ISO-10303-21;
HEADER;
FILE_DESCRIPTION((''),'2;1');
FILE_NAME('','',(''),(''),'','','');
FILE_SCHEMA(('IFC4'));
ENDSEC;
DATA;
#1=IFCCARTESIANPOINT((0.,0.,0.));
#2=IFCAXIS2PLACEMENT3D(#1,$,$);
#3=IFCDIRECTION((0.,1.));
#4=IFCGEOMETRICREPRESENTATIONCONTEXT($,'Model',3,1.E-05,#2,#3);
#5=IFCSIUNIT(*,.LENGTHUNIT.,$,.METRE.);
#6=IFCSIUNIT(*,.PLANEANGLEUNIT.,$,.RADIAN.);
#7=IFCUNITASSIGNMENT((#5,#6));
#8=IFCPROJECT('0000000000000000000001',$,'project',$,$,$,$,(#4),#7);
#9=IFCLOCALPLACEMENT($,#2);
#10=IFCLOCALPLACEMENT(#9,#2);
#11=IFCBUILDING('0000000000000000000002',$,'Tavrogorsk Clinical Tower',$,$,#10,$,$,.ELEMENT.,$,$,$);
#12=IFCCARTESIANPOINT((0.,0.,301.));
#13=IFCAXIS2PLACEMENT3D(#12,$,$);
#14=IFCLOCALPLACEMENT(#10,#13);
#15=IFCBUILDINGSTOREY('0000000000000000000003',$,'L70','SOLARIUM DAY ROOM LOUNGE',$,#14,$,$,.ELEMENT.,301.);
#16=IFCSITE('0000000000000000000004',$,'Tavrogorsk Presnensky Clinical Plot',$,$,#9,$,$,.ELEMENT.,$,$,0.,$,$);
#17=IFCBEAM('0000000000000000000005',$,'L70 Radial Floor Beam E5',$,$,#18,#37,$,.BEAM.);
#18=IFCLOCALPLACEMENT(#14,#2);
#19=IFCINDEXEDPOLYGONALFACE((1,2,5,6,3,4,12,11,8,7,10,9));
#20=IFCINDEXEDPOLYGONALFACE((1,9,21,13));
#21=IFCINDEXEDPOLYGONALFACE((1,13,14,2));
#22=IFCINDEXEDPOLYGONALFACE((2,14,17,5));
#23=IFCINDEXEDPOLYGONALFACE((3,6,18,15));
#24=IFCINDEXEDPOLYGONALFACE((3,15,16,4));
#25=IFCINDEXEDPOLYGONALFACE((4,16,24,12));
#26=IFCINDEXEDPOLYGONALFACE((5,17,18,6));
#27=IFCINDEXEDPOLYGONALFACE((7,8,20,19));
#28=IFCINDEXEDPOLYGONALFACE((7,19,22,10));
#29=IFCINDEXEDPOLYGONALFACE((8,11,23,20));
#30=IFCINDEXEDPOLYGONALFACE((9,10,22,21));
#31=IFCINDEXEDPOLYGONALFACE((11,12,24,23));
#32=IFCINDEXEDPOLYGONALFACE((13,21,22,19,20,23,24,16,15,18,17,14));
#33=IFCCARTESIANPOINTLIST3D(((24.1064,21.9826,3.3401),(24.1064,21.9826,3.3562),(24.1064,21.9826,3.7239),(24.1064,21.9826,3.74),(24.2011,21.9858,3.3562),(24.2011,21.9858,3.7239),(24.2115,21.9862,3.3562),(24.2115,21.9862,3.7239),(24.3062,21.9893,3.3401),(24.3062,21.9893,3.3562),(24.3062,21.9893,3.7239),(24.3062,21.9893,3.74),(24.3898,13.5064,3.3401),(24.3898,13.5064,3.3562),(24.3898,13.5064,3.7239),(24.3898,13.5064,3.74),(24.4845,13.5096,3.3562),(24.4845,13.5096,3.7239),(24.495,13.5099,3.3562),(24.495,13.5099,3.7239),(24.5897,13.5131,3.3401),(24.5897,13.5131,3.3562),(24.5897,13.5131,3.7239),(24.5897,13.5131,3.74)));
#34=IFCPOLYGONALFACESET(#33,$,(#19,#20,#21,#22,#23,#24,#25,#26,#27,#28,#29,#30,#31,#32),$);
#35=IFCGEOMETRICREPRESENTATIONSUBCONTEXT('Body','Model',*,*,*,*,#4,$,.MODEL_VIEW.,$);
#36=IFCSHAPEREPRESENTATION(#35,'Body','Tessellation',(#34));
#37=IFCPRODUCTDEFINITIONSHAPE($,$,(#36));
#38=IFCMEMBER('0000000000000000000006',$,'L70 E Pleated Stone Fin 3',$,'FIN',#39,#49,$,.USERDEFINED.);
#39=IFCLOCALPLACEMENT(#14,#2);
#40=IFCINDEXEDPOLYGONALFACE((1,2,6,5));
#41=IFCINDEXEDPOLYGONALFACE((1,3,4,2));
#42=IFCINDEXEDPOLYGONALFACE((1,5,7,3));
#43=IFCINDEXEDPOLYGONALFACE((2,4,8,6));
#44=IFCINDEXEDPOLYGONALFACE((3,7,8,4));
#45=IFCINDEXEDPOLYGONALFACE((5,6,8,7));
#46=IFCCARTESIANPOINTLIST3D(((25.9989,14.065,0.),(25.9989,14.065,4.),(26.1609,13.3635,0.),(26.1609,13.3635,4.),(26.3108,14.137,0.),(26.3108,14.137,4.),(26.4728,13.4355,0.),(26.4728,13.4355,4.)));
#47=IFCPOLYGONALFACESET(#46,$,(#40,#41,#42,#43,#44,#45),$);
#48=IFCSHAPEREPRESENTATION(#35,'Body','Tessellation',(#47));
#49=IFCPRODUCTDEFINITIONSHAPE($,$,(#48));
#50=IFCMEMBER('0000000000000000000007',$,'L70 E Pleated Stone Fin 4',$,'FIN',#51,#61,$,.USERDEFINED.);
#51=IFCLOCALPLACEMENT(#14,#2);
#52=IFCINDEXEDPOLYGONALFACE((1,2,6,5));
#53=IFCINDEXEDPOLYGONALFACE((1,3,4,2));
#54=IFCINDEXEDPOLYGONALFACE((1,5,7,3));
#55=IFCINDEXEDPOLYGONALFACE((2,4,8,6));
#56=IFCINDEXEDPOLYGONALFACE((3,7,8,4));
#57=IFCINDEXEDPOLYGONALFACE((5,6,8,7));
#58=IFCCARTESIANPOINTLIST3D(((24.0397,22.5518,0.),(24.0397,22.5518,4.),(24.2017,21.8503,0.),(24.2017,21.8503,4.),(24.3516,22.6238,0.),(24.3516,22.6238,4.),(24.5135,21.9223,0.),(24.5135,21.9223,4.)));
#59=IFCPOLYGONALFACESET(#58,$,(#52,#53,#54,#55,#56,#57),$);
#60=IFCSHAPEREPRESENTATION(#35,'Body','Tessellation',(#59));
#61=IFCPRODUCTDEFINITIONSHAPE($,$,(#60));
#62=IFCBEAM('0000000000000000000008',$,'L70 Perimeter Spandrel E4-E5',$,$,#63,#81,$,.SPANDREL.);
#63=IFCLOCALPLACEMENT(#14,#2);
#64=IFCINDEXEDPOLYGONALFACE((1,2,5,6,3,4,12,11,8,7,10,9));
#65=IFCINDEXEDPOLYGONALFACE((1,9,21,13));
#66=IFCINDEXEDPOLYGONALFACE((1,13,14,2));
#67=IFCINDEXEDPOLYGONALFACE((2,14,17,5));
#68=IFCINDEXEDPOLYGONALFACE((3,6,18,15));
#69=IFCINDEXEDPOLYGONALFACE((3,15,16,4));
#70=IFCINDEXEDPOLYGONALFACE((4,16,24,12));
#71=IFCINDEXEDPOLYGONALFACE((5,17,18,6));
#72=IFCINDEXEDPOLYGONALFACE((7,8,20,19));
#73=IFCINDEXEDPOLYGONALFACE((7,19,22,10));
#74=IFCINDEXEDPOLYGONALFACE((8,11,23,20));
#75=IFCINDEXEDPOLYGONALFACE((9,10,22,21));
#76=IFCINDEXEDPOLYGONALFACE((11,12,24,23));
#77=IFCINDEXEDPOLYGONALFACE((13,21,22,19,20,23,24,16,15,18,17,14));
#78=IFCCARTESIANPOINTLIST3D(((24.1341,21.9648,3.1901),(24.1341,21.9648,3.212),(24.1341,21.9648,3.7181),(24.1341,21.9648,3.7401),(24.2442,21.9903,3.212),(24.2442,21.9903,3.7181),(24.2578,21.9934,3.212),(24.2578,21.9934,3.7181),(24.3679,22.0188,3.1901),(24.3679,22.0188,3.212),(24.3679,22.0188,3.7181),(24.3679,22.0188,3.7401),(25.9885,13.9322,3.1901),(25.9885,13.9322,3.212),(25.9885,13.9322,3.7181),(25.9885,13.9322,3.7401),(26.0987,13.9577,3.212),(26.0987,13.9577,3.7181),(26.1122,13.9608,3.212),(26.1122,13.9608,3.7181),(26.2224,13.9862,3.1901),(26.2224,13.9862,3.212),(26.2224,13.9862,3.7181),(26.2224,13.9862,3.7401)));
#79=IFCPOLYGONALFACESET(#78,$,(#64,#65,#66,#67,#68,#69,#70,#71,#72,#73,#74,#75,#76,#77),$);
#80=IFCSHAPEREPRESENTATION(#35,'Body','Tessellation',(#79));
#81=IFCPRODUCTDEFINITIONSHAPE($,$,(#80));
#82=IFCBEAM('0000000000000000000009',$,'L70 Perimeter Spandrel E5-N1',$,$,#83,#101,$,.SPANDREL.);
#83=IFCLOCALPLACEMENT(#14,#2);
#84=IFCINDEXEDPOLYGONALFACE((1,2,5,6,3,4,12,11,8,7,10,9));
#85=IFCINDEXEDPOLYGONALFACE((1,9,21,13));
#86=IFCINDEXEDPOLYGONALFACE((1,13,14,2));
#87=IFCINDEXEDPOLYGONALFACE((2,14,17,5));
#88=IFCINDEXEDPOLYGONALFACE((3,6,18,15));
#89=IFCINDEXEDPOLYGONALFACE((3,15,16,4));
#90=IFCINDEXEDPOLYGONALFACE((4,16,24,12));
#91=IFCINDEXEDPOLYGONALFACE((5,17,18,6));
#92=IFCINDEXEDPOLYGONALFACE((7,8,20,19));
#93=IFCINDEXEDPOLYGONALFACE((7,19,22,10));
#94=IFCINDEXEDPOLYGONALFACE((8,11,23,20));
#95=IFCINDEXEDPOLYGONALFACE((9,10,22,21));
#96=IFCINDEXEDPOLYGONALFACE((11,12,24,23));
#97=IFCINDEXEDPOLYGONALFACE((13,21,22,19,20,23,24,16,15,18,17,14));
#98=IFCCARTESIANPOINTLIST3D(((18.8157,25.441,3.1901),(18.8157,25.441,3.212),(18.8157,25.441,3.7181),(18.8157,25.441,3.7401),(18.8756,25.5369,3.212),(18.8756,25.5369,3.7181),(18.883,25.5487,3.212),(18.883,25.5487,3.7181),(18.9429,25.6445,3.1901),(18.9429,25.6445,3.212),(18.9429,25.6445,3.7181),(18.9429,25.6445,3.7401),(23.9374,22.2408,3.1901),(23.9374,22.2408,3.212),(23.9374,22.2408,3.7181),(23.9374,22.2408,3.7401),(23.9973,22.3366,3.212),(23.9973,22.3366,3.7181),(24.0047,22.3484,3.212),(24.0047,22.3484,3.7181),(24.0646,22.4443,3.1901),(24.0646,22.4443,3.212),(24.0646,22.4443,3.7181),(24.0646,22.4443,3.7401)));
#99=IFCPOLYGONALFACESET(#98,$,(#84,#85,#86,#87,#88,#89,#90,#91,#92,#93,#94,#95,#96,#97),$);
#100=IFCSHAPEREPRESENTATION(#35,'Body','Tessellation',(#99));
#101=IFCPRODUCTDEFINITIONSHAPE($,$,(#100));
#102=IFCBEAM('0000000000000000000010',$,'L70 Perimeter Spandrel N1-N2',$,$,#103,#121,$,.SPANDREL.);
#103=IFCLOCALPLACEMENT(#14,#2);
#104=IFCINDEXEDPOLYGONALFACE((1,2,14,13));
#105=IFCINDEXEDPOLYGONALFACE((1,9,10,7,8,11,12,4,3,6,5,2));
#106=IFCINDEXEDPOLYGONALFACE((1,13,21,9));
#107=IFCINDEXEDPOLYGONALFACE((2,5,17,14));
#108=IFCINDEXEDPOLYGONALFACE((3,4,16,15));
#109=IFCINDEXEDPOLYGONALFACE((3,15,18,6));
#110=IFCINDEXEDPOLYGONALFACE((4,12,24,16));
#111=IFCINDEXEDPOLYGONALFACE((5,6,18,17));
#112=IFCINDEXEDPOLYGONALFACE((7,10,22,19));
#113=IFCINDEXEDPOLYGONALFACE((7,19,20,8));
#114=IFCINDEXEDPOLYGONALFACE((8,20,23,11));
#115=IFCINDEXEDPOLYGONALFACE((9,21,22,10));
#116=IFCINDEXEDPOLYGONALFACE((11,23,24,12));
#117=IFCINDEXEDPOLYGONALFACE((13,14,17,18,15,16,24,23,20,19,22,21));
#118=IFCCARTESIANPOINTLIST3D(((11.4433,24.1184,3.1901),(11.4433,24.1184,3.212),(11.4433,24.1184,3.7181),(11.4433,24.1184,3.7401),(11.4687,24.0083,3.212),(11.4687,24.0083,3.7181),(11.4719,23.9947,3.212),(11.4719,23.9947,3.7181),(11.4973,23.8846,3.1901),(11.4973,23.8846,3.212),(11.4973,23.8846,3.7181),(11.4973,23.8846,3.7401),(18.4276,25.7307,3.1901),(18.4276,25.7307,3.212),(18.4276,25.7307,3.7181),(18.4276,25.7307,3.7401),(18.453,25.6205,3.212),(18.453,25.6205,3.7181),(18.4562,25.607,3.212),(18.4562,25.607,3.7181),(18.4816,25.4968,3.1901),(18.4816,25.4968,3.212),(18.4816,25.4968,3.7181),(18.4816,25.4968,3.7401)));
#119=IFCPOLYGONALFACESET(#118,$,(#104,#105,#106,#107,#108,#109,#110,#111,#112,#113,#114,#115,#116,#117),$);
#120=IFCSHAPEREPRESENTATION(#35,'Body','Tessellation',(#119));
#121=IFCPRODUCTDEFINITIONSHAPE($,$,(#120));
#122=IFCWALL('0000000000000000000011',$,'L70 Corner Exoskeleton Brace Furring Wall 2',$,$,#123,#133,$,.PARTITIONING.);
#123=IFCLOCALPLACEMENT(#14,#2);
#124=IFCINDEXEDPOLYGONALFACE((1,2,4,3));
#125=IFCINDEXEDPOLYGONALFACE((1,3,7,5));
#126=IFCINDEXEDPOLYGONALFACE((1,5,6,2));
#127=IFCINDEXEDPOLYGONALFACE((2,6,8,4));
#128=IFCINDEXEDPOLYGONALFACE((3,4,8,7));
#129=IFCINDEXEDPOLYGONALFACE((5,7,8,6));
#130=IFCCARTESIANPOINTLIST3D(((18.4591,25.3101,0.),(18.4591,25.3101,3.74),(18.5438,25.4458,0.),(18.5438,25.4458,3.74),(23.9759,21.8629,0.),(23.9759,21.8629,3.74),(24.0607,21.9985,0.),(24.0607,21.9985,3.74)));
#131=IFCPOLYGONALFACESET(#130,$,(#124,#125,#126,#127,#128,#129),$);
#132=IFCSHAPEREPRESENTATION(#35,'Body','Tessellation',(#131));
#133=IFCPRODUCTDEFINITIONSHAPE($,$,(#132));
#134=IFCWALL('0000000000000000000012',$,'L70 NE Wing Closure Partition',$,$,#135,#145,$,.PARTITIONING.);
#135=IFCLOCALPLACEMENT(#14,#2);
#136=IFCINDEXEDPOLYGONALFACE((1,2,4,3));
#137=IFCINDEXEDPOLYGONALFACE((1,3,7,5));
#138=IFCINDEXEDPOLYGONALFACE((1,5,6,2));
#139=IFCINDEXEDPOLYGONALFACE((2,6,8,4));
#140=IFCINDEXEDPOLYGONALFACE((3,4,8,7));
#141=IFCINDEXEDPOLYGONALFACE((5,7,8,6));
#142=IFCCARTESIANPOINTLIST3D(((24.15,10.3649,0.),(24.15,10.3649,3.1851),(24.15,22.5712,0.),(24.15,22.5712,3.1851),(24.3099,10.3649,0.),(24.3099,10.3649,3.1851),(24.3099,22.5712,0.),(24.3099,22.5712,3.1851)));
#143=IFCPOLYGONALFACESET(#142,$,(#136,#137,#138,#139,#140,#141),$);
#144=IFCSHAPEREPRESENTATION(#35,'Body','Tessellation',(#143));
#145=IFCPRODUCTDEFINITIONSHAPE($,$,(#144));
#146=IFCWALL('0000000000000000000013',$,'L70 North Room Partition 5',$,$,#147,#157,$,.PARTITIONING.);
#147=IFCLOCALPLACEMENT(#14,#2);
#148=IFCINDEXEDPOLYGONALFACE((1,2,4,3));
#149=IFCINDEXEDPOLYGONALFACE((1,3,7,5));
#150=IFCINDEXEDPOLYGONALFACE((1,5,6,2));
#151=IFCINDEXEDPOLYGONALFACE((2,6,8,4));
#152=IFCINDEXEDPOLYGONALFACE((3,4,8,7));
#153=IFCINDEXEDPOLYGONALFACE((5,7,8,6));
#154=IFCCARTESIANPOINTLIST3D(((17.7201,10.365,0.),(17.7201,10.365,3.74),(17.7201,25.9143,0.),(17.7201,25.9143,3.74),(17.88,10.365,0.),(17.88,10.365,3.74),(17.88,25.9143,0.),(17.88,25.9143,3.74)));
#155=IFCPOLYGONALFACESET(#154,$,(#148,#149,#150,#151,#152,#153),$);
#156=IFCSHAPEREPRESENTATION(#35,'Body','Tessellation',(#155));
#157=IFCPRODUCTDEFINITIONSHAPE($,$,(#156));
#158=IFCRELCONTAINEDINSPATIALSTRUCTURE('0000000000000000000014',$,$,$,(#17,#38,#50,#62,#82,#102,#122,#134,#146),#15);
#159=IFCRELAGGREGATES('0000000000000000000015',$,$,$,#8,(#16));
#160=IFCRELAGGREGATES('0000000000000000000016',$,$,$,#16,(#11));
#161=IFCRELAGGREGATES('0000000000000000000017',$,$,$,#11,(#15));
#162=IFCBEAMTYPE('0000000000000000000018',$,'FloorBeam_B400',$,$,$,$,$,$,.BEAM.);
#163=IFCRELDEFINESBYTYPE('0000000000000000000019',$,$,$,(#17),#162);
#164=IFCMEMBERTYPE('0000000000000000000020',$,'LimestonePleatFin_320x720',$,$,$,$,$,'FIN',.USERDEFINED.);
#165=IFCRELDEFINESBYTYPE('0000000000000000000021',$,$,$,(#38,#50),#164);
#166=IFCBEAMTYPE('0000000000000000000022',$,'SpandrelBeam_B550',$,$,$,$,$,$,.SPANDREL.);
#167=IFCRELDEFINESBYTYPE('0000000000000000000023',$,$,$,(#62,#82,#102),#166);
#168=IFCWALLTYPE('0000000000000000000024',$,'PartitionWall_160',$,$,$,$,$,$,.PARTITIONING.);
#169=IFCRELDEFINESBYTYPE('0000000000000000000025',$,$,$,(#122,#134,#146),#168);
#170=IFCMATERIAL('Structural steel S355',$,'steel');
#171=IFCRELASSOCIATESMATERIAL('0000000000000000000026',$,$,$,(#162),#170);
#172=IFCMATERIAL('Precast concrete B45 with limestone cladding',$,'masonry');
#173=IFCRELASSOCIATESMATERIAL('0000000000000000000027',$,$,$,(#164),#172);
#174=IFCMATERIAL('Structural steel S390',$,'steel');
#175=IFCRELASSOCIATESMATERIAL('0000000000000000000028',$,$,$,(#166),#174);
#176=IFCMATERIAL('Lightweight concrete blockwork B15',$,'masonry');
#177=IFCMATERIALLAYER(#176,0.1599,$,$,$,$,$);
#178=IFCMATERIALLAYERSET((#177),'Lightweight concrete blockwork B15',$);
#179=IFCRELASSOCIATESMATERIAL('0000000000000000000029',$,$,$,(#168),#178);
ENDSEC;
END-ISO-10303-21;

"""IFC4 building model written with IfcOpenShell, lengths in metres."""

from ifc_helpers import new_model, si_unit, direction, frame, frame_2d, origin, origin_2d, place, context, subcontext, project, spatial, rectangle, i_section, extrude, material, layer, layer_set, material_profile, profile_set, type_object, element, save


model = new_model("IFC4")

# Units and contexts
model_context = context("Model", 3, precision=1e-05, world=origin(), true_north=direction((0.0, 1.0)))
body_context = subcontext(model_context, "Body", "Model", "MODEL_VIEW")
ifc_project = project(units=[si_unit("LENGTHUNIT", "METRE"), si_unit("PLANEANGLEUNIT", "RADIAN")], contexts=[model_context])

# Site, building, storey
site_placement = place(None, origin())
site = spatial("IfcSite", under=ifc_project, at=site_placement, Name="Tavrogorsk Presnensky Clinical Plot", CompositionType="ELEMENT", RefElevation=0.0)
building_placement = place(site_placement, origin())
building = spatial("IfcBuilding", under=site, at=building_placement, Name="Tavrogorsk Clinical Tower", CompositionType="ELEMENT")
storey_placement = place(building_placement, frame((0.0, 0.0, 301.0)))
storey = spatial("IfcBuildingStorey", under=building, at=storey_placement, Name="L70", Description="SOLARIUM DAY ROOM LOUNGE", CompositionType="ELEMENT", Elevation=301.0)

# Beam
ifc_material_1 = material(Name="Structural steel S355", Category="steel")
ifc_material_profile_1 = material_profile(ifc_material_1, i_section(OverallWidth=0.2, OverallDepth=0.3999, WebThickness=0.0105, FlangeThickness=0.0161, at=origin_2d()), Name="B-400x200x10.5x16")
ifc_profile_set_1 = profile_set([ifc_material_profile_1], Name="Structural steel S355")
beam_type_1 = type_object("IfcBeamType", Name="FloorBeam_B400", PredefinedType="BEAM", material=ifc_profile_set_1)
beam_1_placement = place(storey_placement, frame((24.4897, 13.5098, 3.54), z_axis=(-0.033421, 0.999441, 0.0), x_axis=(-0.999441, -0.033421, 0.0)))
element("IfcBeam", 1, at=beam_1_placement, inside=storey, type_object=beam_type_1, Name="L70 Radial Floor Beam E5", PredefinedType="BEAM", context=body_context, shape_type="SweptSolid", body=[
    extrude(i_section(OverallWidth=0.2, OverallDepth=0.3999, WebThickness=0.0105, FlangeThickness=0.0161, at=origin_2d()), origin(), (0.0, 0.0, 1.0), 8.481),
])

# Members
ifc_material_2 = material(Name="Precast concrete B45 with limestone cladding", Category="masonry")
ifc_material_profile_2 = material_profile(ifc_material_2, rectangle(XDim=0.3201, YDim=0.72, at=origin_2d()), Name="LIMESTONE-FIN-320x720")
ifc_profile_set_2 = profile_set([ifc_material_profile_2], Name="Precast concrete B45 with limestone cladding")
member_type_1 = type_object("IfcMemberType", Name="LimestonePleatFin_320x720", ElementType="FIN", PredefinedType="USERDEFINED", material=ifc_profile_set_2)
for number, where, z_axis, x_axis, name in (
    (2, (26.2358, 13.7502, 0.0), (0.0, 0.0, 1.0), (0.97437, 0.224951, 0.0), "L70 E Pleated Stone Fin 3"),
    (3, (24.2766, 22.2371, 0.0), (0.0, 0.0, 1.0), (0.97437, 0.224951, 0.0), "L70 E Pleated Stone Fin 4"),
):
    element("IfcMember", number, at=place(storey_placement, frame(where, z_axis=z_axis, x_axis=x_axis)), inside=storey, type_object=member_type_1, Name=name, ObjectType="FIN", PredefinedType="USERDEFINED", context=body_context, shape_type="SweptSolid", body=[
        extrude(rectangle(XDim=0.3201, YDim=0.72, at=origin_2d()), origin(), (0.0, 0.0, 1.0), 4.0),
    ])

# Beams
ifc_material_3 = material(Name="Structural steel S390", Category="steel")
ifc_material_profile_3 = material_profile(ifc_material_3, i_section(OverallWidth=0.24, OverallDepth=0.55, WebThickness=0.0139, FlangeThickness=0.022, at=origin_2d()), Name="B-550x240x14x22")
ifc_profile_set_3 = profile_set([ifc_material_profile_3], Name="Structural steel S390")
beam_type_2 = type_object("IfcBeamType", Name="SpandrelBeam_B550", PredefinedType="SPANDREL", material=ifc_profile_set_3)
beam_2_placement = place(storey_placement, frame((26.1055, 13.9592, 3.4651), z_axis=(-0.22495, 0.97437, 0.0), x_axis=(-0.97437, -0.22495, 0.0)))
element("IfcBeam", 4, at=beam_2_placement, inside=storey, type_object=beam_type_2, Name="L70 Perimeter Spandrel E4-E5", PredefinedType="SPANDREL", context=body_context, shape_type="SweptSolid", body=[
    extrude(i_section(OverallWidth=0.24, OverallDepth=0.55, WebThickness=0.0139, FlangeThickness=0.022, at=origin_2d()), origin(), (0.0, 0.0, 1.0), 8.2439),
])
beam_3_placement = place(storey_placement, frame((24.001, 22.3425, 3.4651), z_axis=(-0.848057, 0.529904, 0.0), x_axis=(-0.529904, -0.848057, 0.0)))
element("IfcBeam", 5, at=beam_3_placement, inside=storey, type_object=beam_type_2, Name="L70 Perimeter Spandrel E5-N1", PredefinedType="SPANDREL", context=body_context, shape_type="SweptSolid", body=[
    extrude(i_section(OverallWidth=0.24, OverallDepth=0.55, WebThickness=0.0139, FlangeThickness=0.022, at=origin_2d()), origin(), (0.0, 0.0, 1.0), 6.0393),
])
beam_4_placement = place(storey_placement, frame((18.4546, 25.6138, 3.4651), z_axis=(-0.974375, -0.224929, 0.0), x_axis=(0.224929, -0.974375, 0.0)))
element("IfcBeam", 6, at=beam_4_placement, inside=storey, type_object=beam_type_2, Name="L70 Perimeter Spandrel N1-N2", PredefinedType="SPANDREL", context=body_context, shape_type="SweptSolid", body=[
    extrude(i_section(OverallWidth=0.24, OverallDepth=0.55, WebThickness=0.0139, FlangeThickness=0.022, at=origin_2d()), origin(), (0.0, 0.0, 1.0), 7.168),
])

# Walls
ifc_material_4 = material(Name="Lightweight concrete blockwork B15", Category="masonry")
ifc_layer_1 = layer(ifc_material_4, 0.1599)
ifc_layer_set_1 = layer_set([ifc_layer_1], Name="Lightweight concrete blockwork B15")
wall_type_1 = type_object("IfcWallType", Name="PartitionWall_160", PredefinedType="PARTITIONING", material=ifc_layer_set_1)
wall_1_placement = place(storey_placement, frame((24.0183, 21.9307, 0.0), z_axis=(0.0, 0.0, 1.0), x_axis=(-0.848051, 0.529915, 0.0)))
element("IfcWall", 7, at=wall_1_placement, inside=storey, type_object=wall_type_1, Name="L70 Corner Exoskeleton Brace Furring Wall 2", PredefinedType="PARTITIONING", context=body_context, shape_type="SweptSolid", body=[
    extrude(rectangle(XDim=6.5054, YDim=0.1599, at=frame_2d((3.2527, 0.0))), origin(), (0.0, 0.0, 1.0), 3.74),
])
wall_2_placement = place(storey_placement, frame((24.23, 10.365, 0.0), z_axis=(0.0, 0.0, 1.0), x_axis=(0.0, 1.0, 0.0)))
element("IfcWall", 8, at=wall_2_placement, inside=storey, type_object=wall_type_1, Name="L70 NE Wing Closure Partition", PredefinedType="PARTITIONING", context=body_context, shape_type="SweptSolid", body=[
    extrude(rectangle(XDim=12.2063, YDim=0.1599, at=frame_2d((6.103, 0.0))), origin(), (0.0, 0.0, 1.0), 3.1851),
])
wall_3_placement = place(storey_placement, frame((17.8, 10.365, 0.0), z_axis=(0.0, 0.0, 1.0), x_axis=(0.0, 1.0, 0.0)))
element("IfcWall", 9, at=wall_3_placement, inside=storey, type_object=wall_type_1, Name="L70 North Room Partition 5", PredefinedType="PARTITIONING", context=body_context, shape_type="SweptSolid", body=[
    extrude(rectangle(XDim=15.5493, YDim=0.1599, at=frame_2d((7.7747, 0.0))), origin(), (0.0, 0.0, 1.0), 3.74),
])

save(model, "model.ifc")
